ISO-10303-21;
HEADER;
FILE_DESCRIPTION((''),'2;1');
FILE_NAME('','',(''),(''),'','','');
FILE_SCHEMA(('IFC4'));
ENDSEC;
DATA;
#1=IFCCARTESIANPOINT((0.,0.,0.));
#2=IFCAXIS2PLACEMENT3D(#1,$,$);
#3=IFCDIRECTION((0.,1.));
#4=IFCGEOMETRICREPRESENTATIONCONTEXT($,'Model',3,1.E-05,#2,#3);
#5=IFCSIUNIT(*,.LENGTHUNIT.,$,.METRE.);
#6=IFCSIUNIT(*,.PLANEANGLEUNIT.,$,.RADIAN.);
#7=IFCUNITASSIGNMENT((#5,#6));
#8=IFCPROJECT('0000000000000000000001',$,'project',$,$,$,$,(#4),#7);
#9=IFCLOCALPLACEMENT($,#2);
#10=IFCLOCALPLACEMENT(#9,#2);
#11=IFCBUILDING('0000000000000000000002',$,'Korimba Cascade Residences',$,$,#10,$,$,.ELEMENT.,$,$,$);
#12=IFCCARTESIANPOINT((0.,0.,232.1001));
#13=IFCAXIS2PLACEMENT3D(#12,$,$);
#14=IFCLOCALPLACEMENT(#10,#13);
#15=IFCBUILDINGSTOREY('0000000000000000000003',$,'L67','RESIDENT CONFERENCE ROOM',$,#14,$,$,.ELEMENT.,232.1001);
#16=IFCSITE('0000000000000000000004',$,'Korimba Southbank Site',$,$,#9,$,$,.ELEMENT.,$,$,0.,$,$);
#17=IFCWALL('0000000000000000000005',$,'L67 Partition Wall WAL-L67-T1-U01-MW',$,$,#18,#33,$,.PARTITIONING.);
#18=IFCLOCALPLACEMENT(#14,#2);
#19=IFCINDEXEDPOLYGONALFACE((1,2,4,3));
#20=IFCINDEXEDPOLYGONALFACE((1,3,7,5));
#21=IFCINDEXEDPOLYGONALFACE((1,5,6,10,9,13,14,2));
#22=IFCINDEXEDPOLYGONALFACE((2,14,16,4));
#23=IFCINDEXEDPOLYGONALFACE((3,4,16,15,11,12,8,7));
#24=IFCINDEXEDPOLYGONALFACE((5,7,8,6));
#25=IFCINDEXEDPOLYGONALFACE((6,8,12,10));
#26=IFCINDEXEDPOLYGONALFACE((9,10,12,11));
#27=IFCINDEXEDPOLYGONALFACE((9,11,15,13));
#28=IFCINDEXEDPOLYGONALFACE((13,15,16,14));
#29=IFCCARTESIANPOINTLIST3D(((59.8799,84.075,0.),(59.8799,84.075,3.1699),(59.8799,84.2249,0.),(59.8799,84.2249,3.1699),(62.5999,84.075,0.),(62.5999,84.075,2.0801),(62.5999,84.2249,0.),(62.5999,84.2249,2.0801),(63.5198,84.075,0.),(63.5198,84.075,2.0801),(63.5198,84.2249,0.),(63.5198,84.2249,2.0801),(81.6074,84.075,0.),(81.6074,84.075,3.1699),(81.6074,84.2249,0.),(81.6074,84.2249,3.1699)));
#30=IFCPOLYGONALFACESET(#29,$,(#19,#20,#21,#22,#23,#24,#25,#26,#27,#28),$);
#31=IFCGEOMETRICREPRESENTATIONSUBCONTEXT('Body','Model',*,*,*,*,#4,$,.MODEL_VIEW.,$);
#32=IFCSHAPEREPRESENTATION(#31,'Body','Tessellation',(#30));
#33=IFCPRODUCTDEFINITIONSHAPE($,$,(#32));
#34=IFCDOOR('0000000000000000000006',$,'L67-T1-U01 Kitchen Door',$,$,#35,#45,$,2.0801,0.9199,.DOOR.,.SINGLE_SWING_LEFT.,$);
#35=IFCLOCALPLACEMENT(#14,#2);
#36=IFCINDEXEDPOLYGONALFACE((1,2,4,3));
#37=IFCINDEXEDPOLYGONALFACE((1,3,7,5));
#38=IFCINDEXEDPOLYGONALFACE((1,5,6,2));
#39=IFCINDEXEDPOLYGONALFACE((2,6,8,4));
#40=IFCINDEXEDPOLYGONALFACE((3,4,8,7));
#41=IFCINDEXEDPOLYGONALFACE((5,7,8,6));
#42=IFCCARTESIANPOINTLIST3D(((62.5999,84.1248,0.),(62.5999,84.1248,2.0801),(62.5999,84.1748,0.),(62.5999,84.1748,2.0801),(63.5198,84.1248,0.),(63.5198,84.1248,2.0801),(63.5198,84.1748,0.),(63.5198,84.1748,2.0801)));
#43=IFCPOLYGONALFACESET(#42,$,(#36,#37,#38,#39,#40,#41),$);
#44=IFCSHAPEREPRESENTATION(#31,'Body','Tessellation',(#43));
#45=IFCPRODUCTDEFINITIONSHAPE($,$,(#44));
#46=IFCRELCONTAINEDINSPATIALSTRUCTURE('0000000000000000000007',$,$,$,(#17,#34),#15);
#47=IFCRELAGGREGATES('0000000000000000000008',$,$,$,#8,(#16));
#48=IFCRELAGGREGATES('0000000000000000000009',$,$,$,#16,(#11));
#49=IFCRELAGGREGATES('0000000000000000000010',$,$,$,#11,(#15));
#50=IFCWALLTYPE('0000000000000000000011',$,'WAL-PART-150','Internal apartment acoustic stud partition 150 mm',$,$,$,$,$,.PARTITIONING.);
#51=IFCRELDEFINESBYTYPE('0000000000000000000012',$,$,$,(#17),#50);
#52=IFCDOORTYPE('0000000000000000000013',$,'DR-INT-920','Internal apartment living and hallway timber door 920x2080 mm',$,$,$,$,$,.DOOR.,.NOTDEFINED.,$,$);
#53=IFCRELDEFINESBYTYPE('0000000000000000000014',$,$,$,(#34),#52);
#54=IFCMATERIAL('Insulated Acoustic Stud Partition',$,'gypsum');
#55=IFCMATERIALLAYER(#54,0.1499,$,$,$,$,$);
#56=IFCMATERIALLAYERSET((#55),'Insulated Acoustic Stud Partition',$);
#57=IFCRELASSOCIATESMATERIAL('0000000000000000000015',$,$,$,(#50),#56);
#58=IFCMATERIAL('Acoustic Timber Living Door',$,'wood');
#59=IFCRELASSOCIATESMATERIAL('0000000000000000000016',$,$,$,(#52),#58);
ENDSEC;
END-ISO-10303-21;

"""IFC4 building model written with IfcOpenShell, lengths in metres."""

from ifc_helpers import new_model, si_unit, direction, frame, frame_2d, origin, place, context, subcontext, project, spatial, rectangle, extrude, material, layer, layer_set, type_object, element, fill, save


model = new_model("IFC4")

# Units and contexts
model_context = context("Model", 3, precision=1e-05, world=origin(), true_north=direction((0.0, 1.0)))
body_context = subcontext(model_context, "Body", "Model", "MODEL_VIEW")
ifc_project = project(units=[si_unit("LENGTHUNIT", "METRE"), si_unit("PLANEANGLEUNIT", "RADIAN")], contexts=[model_context])

# Site, building, storey
site_placement = place(None, origin())
site = spatial("IfcSite", under=ifc_project, at=site_placement, Name="Korimba Southbank Site", CompositionType="ELEMENT", RefElevation=0.0)
building_placement = place(site_placement, origin())
building = spatial("IfcBuilding", under=site, at=building_placement, Name="Korimba Cascade Residences", CompositionType="ELEMENT")
storey_placement = place(building_placement, frame((0.0, 0.0, 232.1001)))
storey = spatial("IfcBuildingStorey", under=building, at=storey_placement, Name="L67", Description="RESIDENT CONFERENCE ROOM", CompositionType="ELEMENT", Elevation=232.1001)

# Wall, opening, door
ifc_material_1 = material(Name="Insulated Acoustic Stud Partition", Category="gypsum")
ifc_layer_1 = layer(ifc_material_1, 0.1499)
ifc_layer_set_1 = layer_set([ifc_layer_1], Name="Insulated Acoustic Stud Partition")
wall_type_1 = type_object("IfcWallType", Name="WAL-PART-150", Description="Internal apartment acoustic stud partition 150 mm", PredefinedType="PARTITIONING", material=ifc_layer_set_1)
wall_1_placement = place(storey_placement, frame((59.8799, 84.1499, 0.0), z_axis=(0.0, 0.0, 1.0), x_axis=(1.0, 0.0, 0.0)))
wall_1 = element("IfcWall", 1, at=wall_1_placement, inside=storey, type_object=wall_type_1, Name="L67 Partition Wall WAL-L67-T1-U01-MW", PredefinedType="PARTITIONING", context=body_context, shape_type="SweptSolid", body=[
    extrude(rectangle(XDim=21.7275, YDim=0.1499, at=frame_2d((10.8638, 0.0))), origin(), (0.0, 0.0, 1.0), 3.1699),
])
opening_1_placement = place(wall_1_placement, frame((2.72, 0.0, 0.0)))
opening_1 = element("IfcOpeningElement", 2, at=opening_1_placement, cuts=wall_1, PredefinedType="OPENING", context=body_context, shape_type="SweptSolid", body=[
    extrude(rectangle(XDim=0.9199, YDim=2.0801, at=frame_2d((0.46, 1.04))), frame((0.0, 0.085, 0.0), z_axis=(0.0, -1.0, 0.0), x_axis=(1.0, 0.0, 0.0)), (0.0, 0.0, 1.0), 0.1699),
])
ifc_material_2 = material(Name="Acoustic Timber Living Door", Category="wood")
door_type_1 = type_object("IfcDoorType", Name="DR-INT-920", Description="Internal apartment living and hallway timber door 920x2080 mm", OperationType="NOTDEFINED", PredefinedType="DOOR", material=ifc_material_2)
door_1_placement = place(opening_1_placement, origin())
door_1 = element("IfcDoor", 3, at=door_1_placement, inside=storey, type_object=door_type_1, Name="L67-T1-U01 Kitchen Door", OperationType="SINGLE_SWING_LEFT", OverallHeight=2.0801, OverallWidth=0.9199, PredefinedType="DOOR", context=body_context, shape_type="SweptSolid", body=[
    extrude(rectangle(XDim=0.9199, YDim=2.0801, at=frame_2d((0.46, 1.04))), frame((0.0, 0.0249, 0.0), z_axis=(0.0, -1.0, 0.0), x_axis=(1.0, 0.0, 0.0)), (0.0, 0.0, 1.0), 0.05),
])
fill(opening_1, door_1)

save(model, "model.ifc")
